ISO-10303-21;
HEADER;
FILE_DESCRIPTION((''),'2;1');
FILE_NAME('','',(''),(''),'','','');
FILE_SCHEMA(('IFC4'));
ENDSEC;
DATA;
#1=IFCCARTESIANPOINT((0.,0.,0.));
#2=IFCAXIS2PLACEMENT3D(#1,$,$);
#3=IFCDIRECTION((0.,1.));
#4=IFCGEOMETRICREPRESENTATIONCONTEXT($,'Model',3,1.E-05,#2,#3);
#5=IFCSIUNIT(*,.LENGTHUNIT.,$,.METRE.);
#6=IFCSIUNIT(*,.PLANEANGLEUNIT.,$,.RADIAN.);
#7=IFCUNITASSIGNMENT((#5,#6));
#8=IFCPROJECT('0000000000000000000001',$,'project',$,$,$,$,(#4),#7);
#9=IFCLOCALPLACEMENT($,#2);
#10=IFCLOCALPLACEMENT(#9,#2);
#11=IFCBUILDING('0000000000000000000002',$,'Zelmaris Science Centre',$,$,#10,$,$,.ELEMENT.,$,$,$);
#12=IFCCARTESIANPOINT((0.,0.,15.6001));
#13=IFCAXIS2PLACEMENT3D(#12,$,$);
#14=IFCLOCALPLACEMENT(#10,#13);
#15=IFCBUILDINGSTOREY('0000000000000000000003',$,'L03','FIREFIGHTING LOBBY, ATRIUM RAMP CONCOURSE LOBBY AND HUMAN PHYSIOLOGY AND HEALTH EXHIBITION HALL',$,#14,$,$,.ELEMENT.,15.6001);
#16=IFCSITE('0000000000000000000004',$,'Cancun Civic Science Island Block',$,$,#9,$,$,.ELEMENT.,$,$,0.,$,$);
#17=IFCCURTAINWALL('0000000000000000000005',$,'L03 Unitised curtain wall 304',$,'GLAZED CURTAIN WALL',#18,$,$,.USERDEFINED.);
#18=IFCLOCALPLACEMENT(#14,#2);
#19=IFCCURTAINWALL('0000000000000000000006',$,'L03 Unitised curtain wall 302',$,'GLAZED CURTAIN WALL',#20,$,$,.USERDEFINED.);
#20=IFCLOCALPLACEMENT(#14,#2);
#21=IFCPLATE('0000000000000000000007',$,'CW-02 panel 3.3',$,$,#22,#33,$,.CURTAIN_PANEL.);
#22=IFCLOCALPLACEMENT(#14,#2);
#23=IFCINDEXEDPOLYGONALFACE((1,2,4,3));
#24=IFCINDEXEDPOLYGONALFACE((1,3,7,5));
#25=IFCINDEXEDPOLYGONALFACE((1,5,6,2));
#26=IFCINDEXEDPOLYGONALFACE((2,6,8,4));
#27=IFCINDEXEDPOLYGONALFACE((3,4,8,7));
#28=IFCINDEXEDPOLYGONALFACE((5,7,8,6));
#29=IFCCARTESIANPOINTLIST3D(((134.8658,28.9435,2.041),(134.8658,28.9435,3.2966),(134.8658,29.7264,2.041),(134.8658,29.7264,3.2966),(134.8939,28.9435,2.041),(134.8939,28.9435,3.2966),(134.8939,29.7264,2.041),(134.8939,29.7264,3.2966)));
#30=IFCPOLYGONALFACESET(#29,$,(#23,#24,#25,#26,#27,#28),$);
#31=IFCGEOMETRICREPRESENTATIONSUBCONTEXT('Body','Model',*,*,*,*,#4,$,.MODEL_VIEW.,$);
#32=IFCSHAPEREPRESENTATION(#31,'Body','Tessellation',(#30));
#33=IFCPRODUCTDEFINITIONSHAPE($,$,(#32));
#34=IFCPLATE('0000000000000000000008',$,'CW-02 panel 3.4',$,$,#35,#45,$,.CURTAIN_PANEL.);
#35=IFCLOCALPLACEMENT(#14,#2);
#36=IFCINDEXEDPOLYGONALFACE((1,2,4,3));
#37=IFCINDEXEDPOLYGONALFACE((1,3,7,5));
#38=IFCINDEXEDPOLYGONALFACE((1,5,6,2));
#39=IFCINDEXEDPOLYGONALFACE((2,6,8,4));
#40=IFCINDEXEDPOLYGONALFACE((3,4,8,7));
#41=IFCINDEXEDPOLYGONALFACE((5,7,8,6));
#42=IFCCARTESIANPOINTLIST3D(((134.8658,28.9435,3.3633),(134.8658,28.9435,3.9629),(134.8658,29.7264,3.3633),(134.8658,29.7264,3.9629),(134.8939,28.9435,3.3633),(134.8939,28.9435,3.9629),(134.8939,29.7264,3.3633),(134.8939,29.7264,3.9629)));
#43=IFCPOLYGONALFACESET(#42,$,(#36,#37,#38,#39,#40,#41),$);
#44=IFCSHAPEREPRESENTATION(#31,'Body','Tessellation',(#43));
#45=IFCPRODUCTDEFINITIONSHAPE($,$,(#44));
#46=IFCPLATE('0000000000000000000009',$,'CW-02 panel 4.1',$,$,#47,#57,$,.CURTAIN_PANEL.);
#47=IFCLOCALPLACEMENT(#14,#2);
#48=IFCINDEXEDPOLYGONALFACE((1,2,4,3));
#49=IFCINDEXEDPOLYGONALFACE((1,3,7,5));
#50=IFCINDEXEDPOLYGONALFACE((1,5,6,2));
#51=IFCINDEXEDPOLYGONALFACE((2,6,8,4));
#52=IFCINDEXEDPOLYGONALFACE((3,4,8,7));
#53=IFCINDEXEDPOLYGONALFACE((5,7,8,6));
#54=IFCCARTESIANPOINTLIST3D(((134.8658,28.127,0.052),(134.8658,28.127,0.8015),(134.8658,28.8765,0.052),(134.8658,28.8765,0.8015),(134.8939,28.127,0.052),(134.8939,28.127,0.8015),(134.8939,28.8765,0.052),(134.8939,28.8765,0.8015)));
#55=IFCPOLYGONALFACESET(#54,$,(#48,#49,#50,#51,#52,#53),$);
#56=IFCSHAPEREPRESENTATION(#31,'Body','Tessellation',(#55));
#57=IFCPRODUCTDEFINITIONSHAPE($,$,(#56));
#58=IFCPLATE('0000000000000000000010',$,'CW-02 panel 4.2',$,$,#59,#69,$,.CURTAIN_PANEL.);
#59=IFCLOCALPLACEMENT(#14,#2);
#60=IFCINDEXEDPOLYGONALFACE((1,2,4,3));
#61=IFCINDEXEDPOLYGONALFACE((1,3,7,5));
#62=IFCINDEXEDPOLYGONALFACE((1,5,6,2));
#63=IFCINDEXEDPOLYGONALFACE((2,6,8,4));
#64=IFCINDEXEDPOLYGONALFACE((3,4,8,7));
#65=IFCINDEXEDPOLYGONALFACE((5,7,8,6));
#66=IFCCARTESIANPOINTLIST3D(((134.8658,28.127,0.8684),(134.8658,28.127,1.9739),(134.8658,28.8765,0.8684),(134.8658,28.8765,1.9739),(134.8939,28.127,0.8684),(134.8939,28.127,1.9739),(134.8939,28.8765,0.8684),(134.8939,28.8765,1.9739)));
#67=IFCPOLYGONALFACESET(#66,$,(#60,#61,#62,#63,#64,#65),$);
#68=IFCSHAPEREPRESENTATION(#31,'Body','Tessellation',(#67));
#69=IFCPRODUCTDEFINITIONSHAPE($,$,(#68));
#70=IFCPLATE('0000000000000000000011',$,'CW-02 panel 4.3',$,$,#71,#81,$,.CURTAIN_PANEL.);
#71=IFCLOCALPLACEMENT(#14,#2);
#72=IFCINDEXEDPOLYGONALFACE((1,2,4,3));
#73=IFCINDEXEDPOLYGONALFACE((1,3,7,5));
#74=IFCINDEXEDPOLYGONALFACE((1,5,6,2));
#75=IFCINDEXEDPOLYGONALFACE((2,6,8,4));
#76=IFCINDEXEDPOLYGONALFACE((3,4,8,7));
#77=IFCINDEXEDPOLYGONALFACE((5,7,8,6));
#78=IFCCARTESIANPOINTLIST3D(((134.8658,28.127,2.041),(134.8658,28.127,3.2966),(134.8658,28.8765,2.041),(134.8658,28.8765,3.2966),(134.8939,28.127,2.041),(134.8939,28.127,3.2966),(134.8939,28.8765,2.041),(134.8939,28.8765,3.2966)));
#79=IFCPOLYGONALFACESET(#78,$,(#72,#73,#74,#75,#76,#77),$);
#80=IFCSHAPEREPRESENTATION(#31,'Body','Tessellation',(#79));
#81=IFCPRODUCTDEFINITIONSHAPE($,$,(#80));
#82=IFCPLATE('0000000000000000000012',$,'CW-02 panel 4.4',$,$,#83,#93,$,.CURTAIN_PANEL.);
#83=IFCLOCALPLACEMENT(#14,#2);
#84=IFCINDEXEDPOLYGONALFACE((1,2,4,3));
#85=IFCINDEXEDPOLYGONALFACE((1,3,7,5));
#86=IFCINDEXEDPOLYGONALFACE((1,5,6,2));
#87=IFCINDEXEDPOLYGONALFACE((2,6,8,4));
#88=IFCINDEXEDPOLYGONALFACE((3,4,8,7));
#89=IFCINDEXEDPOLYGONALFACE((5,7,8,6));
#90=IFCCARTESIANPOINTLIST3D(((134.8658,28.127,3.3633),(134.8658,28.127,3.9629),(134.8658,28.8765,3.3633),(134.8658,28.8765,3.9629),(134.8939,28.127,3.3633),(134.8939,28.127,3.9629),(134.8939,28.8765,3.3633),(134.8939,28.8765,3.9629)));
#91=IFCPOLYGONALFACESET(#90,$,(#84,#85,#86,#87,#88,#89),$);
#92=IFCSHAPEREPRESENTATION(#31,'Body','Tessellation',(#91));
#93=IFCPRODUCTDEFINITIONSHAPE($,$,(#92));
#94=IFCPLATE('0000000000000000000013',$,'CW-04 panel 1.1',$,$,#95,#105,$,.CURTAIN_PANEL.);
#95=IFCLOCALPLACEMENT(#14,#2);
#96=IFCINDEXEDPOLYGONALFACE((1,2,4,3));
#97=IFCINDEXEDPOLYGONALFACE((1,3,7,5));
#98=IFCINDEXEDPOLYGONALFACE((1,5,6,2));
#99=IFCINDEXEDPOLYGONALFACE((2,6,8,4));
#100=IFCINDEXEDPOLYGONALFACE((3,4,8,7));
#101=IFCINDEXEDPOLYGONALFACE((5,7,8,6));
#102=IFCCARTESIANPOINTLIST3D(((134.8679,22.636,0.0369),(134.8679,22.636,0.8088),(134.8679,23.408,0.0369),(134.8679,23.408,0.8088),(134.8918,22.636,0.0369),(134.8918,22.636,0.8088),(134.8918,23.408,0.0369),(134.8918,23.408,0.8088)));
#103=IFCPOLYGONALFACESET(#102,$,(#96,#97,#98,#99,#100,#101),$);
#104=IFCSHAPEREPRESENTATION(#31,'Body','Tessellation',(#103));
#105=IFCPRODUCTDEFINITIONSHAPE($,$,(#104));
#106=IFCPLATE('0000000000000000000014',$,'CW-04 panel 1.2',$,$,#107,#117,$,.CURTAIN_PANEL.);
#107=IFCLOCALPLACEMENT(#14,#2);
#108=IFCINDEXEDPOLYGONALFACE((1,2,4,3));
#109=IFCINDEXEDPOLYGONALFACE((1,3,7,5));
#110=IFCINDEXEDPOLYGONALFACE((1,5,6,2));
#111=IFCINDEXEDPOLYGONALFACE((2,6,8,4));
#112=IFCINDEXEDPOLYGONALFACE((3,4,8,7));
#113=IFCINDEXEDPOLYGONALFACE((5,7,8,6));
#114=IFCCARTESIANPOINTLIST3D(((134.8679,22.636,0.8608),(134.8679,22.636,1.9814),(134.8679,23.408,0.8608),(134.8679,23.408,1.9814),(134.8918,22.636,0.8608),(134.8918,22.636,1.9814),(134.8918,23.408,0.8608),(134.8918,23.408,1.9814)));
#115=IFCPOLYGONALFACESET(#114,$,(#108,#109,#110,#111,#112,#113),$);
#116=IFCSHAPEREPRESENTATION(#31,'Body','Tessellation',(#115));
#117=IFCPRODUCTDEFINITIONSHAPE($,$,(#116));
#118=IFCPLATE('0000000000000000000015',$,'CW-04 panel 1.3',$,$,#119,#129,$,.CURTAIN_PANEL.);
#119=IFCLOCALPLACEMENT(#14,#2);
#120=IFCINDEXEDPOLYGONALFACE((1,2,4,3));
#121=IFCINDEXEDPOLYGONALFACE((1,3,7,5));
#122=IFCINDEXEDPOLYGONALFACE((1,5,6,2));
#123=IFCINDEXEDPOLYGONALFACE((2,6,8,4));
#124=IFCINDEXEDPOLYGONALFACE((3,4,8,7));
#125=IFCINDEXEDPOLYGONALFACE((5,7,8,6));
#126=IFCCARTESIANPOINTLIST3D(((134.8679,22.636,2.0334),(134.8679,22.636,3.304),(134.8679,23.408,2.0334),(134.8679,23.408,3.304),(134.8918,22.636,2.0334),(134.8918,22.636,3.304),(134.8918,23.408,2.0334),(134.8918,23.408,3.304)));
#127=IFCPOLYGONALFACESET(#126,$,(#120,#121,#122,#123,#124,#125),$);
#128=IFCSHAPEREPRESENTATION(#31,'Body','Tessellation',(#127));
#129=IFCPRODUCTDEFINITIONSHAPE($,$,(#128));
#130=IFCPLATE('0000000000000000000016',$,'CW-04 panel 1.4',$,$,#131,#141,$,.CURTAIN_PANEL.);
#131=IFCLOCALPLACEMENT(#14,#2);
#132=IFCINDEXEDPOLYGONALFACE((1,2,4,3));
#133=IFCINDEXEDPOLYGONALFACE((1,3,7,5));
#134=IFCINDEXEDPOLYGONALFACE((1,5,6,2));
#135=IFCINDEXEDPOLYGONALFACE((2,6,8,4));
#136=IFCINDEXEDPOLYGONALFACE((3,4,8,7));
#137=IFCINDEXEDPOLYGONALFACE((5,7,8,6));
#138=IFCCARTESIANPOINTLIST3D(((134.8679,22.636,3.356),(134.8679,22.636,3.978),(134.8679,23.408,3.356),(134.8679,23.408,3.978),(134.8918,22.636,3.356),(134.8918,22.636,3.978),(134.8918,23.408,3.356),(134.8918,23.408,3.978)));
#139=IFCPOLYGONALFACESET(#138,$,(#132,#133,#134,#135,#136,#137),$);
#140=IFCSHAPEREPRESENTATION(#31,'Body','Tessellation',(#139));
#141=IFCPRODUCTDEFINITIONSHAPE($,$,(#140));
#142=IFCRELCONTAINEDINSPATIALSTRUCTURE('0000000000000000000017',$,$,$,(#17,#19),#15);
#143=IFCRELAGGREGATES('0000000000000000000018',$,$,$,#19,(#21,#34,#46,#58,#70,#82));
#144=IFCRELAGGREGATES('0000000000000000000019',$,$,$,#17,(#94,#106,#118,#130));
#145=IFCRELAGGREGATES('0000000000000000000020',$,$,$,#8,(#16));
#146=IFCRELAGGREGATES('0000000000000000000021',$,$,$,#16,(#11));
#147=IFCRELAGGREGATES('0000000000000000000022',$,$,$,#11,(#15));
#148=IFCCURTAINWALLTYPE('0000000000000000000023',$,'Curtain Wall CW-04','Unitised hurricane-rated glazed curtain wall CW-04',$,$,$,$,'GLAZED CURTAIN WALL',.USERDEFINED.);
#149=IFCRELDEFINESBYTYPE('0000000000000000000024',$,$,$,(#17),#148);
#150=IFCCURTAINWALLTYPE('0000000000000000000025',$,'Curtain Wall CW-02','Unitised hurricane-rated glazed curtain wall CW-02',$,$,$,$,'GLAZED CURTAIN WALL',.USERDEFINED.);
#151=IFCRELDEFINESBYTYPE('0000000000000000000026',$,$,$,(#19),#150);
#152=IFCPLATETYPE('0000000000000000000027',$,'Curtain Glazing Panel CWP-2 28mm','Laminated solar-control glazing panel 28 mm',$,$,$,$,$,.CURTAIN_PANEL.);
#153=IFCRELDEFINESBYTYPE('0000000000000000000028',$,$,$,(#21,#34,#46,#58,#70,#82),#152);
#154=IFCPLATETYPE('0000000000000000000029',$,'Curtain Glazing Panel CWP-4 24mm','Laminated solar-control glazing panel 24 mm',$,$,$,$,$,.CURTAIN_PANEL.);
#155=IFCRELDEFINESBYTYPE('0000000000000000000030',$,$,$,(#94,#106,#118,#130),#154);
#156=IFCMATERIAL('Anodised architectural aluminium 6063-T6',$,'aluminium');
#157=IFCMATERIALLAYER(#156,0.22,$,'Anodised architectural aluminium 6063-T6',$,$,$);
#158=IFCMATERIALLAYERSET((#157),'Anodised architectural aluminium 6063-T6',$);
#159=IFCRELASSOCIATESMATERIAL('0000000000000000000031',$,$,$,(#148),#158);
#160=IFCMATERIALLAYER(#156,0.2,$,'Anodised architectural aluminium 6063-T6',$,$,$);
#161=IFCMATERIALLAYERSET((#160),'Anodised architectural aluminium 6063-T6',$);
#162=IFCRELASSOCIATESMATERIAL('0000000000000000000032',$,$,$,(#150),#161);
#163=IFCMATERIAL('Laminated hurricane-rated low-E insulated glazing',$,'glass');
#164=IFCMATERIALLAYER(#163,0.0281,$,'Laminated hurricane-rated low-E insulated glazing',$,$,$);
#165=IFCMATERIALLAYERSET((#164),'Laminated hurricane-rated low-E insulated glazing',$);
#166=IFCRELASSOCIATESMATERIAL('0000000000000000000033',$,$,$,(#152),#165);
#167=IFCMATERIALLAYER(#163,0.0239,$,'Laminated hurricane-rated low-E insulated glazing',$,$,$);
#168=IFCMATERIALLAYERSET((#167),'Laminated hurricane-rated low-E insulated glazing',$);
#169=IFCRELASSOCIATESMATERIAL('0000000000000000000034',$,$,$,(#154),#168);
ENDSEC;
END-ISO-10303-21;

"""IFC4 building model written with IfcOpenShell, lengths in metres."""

from ifc_helpers import new_model, si_unit, direction, frame, origin, origin_2d, place, context, subcontext, project, spatial, rectangle, extrude, material, layer, layer_set, type_object, element, aggregate, save


model = new_model("IFC4")

# Units and contexts
model_context = context("Model", 3, precision=1e-05, world=origin(), true_north=direction((0.0, 1.0)))
body_context = subcontext(model_context, "Body", "Model", "MODEL_VIEW")
ifc_project = project(units=[si_unit("LENGTHUNIT", "METRE"), si_unit("PLANEANGLEUNIT", "RADIAN")], contexts=[model_context])

# Site, building, storey
site_placement = place(None, origin())
site = spatial("IfcSite", under=ifc_project, at=site_placement, Name="Cancun Civic Science Island Block", CompositionType="ELEMENT", RefElevation=0.0)
building_placement = place(site_placement, origin())
building = spatial("IfcBuilding", under=site, at=building_placement, Name="Zelmaris Science Centre", CompositionType="ELEMENT")
storey_placement = place(building_placement, frame((0.0, 0.0, 15.6001)))
storey = spatial("IfcBuildingStorey", under=building, at=storey_placement, Name="L03", Description="FIREFIGHTING LOBBY, ATRIUM RAMP CONCOURSE LOBBY AND HUMAN PHYSIOLOGY AND HEALTH EXHIBITION HALL", CompositionType="ELEMENT", Elevation=15.6001)

# Curtain wall
ifc_material_1 = material(Name="Anodised architectural aluminium 6063-T6", Category="aluminium")
ifc_layer_1 = layer(ifc_material_1, 0.22, Name="Anodised architectural aluminium 6063-T6")
ifc_layer_set_1 = layer_set([ifc_layer_1], Name="Anodised architectural aluminium 6063-T6")
curtain_wall_type_1 = type_object("IfcCurtainWallType", Name="Curtain Wall CW-04", Description="Unitised hurricane-rated glazed curtain wall CW-04", ElementType="GLAZED CURTAIN WALL", PredefinedType="USERDEFINED", material=ifc_layer_set_1)
curtain_wall_1_placement = place(storey_placement, origin())
curtain_wall_1 = element("IfcCurtainWall", 1, at=curtain_wall_1_placement, inside=storey, type_object=curtain_wall_type_1, Name="L03 Unitised curtain wall 304", ObjectType="GLAZED CURTAIN WALL", PredefinedType="USERDEFINED")

# Curtain wall
ifc_layer_2 = layer(ifc_material_1, 0.2, Name="Anodised architectural aluminium 6063-T6")
ifc_layer_set_2 = layer_set([ifc_layer_2], Name="Anodised architectural aluminium 6063-T6")
curtain_wall_type_2 = type_object("IfcCurtainWallType", Name="Curtain Wall CW-02", Description="Unitised hurricane-rated glazed curtain wall CW-02", ElementType="GLAZED CURTAIN WALL", PredefinedType="USERDEFINED", material=ifc_layer_set_2)
curtain_wall_2_placement = place(storey_placement, origin())
curtain_wall_2 = element("IfcCurtainWall", 2, at=curtain_wall_2_placement, inside=storey, type_object=curtain_wall_type_2, Name="L03 Unitised curtain wall 302", ObjectType="GLAZED CURTAIN WALL", PredefinedType="USERDEFINED")

# Plates
ifc_material_2 = material(Name="Laminated hurricane-rated low-E insulated glazing", Category="glass")
ifc_layer_3 = layer(ifc_material_2, 0.0281, Name="Laminated hurricane-rated low-E insulated glazing")
ifc_layer_set_3 = layer_set([ifc_layer_3], Name="Laminated hurricane-rated low-E insulated glazing")
plate_type_1 = type_object("IfcPlateType", Name="Curtain Glazing Panel CWP-2 28mm", Description="Laminated solar-control glazing panel 28 mm", PredefinedType="CURTAIN_PANEL", material=ifc_layer_set_3)
plate_1_placement = place(storey_placement, frame((134.8799, 29.335, 2.041), z_axis=(0.0, 0.0, 1.0), x_axis=(0.0, -1.0, 0.0)))
plate_1 = element("IfcPlate", 3, at=plate_1_placement, type_object=plate_type_1, Name="CW-02 panel 3.3", PredefinedType="CURTAIN_PANEL", context=body_context, shape_type="SweptSolid", body=[
    extrude(rectangle(XDim=0.783, YDim=0.0281, at=origin_2d()), origin(), (0.0, 0.0, 1.0), 1.2556),
])
plate_2_placement = place(storey_placement, frame((134.8799, 29.335, 3.3633), z_axis=(0.0, 0.0, 1.0), x_axis=(0.0, -1.0, 0.0)))
plate_2 = element("IfcPlate", 4, at=plate_2_placement, type_object=plate_type_1, Name="CW-02 panel 3.4", PredefinedType="CURTAIN_PANEL", context=body_context, shape_type="SweptSolid", body=[
    extrude(rectangle(XDim=0.783, YDim=0.0281, at=origin_2d()), origin(), (0.0, 0.0, 1.0), 0.5996),
])
plate_3_placement = place(storey_placement, frame((134.8799, 28.5017, 0.052), z_axis=(0.0, 0.0, 1.0), x_axis=(0.0, -1.0, 0.0)))
plate_3 = element("IfcPlate", 5, at=plate_3_placement, type_object=plate_type_1, Name="CW-02 panel 4.1", PredefinedType="CURTAIN_PANEL", context=body_context, shape_type="SweptSolid", body=[
    extrude(rectangle(XDim=0.7495, YDim=0.0281, at=origin_2d()), origin(), (0.0, 0.0, 1.0), 0.7495),
])
plate_4_placement = place(storey_placement, frame((134.8799, 28.5017, 0.8684), z_axis=(0.0, 0.0, 1.0), x_axis=(0.0, -1.0, 0.0)))
plate_4 = element("IfcPlate", 6, at=plate_4_placement, type_object=plate_type_1, Name="CW-02 panel 4.2", PredefinedType="CURTAIN_PANEL", context=body_context, shape_type="SweptSolid", body=[
    extrude(rectangle(XDim=0.7495, YDim=0.0281, at=origin_2d()), origin(), (0.0, 0.0, 1.0), 1.1055),
])
plate_5_placement = place(storey_placement, frame((134.8799, 28.5017, 2.041), z_axis=(0.0, 0.0, 1.0), x_axis=(0.0, -1.0, 0.0)))
plate_5 = element("IfcPlate", 7, at=plate_5_placement, type_object=plate_type_1, Name="CW-02 panel 4.3", PredefinedType="CURTAIN_PANEL", context=body_context, shape_type="SweptSolid", body=[
    extrude(rectangle(XDim=0.7495, YDim=0.0281, at=origin_2d()), origin(), (0.0, 0.0, 1.0), 1.2556),
])
plate_6_placement = place(storey_placement, frame((134.8799, 28.5017, 3.3633), z_axis=(0.0, 0.0, 1.0), x_axis=(0.0, -1.0, 0.0)))
plate_6 = element("IfcPlate", 8, at=plate_6_placement, type_object=plate_type_1, Name="CW-02 panel 4.4", PredefinedType="CURTAIN_PANEL", context=body_context, shape_type="SweptSolid", body=[
    extrude(rectangle(XDim=0.7495, YDim=0.0281, at=origin_2d()), origin(), (0.0, 0.0, 1.0), 0.5996),
])
aggregate(curtain_wall_2, [plate_1, plate_2, plate_3, plate_4, plate_5, plate_6])
ifc_layer_4 = layer(ifc_material_2, 0.0239, Name="Laminated hurricane-rated low-E insulated glazing")
ifc_layer_set_4 = layer_set([ifc_layer_4], Name="Laminated hurricane-rated low-E insulated glazing")
plate_type_2 = type_object("IfcPlateType", Name="Curtain Glazing Panel CWP-4 24mm", Description="Laminated solar-control glazing panel 24 mm", PredefinedType="CURTAIN_PANEL", material=ifc_layer_set_4)
plate_7_placement = place(storey_placement, frame((134.8799, 23.022, 0.0369), z_axis=(0.0, 0.0, 1.0), x_axis=(0.0, -1.0, 0.0)))
plate_7 = element("IfcPlate", 9, at=plate_7_placement, type_object=plate_type_2, Name="CW-04 panel 1.1", PredefinedType="CURTAIN_PANEL", context=body_context, shape_type="SweptSolid", body=[
    extrude(rectangle(XDim=0.772, YDim=0.0239, at=origin_2d()), origin(), (0.0, 0.0, 1.0), 0.772),
])
plate_8_placement = place(storey_placement, frame((134.8799, 23.022, 0.8608), z_axis=(0.0, 0.0, 1.0), x_axis=(0.0, -1.0, 0.0)))
plate_8 = element("IfcPlate", 10, at=plate_8_placement, type_object=plate_type_2, Name="CW-04 panel 1.2", PredefinedType="CURTAIN_PANEL", context=body_context, shape_type="SweptSolid", body=[
    extrude(rectangle(XDim=0.772, YDim=0.0239, at=origin_2d()), origin(), (0.0, 0.0, 1.0), 1.1206),
])
plate_9_placement = place(storey_placement, frame((134.8799, 23.022, 2.0334), z_axis=(0.0, 0.0, 1.0), x_axis=(0.0, -1.0, 0.0)))
plate_9 = element("IfcPlate", 11, at=plate_9_placement, type_object=plate_type_2, Name="CW-04 panel 1.3", PredefinedType="CURTAIN_PANEL", context=body_context, shape_type="SweptSolid", body=[
    extrude(rectangle(XDim=0.772, YDim=0.0239, at=origin_2d()), origin(), (0.0, 0.0, 1.0), 1.2705),
])
plate_10_placement = place(storey_placement, frame((134.8799, 23.022, 3.356), z_axis=(0.0, 0.0, 1.0), x_axis=(0.0, -1.0, 0.0)))
plate_10 = element("IfcPlate", 12, at=plate_10_placement, type_object=plate_type_2, Name="CW-04 panel 1.4", PredefinedType="CURTAIN_PANEL", context=body_context, shape_type="SweptSolid", body=[
    extrude(rectangle(XDim=0.772, YDim=0.0239, at=origin_2d()), origin(), (0.0, 0.0, 1.0), 0.6221),
])
aggregate(curtain_wall_1, [plate_7, plate_8, plate_9, plate_10])

save(model, "model.ifc")
